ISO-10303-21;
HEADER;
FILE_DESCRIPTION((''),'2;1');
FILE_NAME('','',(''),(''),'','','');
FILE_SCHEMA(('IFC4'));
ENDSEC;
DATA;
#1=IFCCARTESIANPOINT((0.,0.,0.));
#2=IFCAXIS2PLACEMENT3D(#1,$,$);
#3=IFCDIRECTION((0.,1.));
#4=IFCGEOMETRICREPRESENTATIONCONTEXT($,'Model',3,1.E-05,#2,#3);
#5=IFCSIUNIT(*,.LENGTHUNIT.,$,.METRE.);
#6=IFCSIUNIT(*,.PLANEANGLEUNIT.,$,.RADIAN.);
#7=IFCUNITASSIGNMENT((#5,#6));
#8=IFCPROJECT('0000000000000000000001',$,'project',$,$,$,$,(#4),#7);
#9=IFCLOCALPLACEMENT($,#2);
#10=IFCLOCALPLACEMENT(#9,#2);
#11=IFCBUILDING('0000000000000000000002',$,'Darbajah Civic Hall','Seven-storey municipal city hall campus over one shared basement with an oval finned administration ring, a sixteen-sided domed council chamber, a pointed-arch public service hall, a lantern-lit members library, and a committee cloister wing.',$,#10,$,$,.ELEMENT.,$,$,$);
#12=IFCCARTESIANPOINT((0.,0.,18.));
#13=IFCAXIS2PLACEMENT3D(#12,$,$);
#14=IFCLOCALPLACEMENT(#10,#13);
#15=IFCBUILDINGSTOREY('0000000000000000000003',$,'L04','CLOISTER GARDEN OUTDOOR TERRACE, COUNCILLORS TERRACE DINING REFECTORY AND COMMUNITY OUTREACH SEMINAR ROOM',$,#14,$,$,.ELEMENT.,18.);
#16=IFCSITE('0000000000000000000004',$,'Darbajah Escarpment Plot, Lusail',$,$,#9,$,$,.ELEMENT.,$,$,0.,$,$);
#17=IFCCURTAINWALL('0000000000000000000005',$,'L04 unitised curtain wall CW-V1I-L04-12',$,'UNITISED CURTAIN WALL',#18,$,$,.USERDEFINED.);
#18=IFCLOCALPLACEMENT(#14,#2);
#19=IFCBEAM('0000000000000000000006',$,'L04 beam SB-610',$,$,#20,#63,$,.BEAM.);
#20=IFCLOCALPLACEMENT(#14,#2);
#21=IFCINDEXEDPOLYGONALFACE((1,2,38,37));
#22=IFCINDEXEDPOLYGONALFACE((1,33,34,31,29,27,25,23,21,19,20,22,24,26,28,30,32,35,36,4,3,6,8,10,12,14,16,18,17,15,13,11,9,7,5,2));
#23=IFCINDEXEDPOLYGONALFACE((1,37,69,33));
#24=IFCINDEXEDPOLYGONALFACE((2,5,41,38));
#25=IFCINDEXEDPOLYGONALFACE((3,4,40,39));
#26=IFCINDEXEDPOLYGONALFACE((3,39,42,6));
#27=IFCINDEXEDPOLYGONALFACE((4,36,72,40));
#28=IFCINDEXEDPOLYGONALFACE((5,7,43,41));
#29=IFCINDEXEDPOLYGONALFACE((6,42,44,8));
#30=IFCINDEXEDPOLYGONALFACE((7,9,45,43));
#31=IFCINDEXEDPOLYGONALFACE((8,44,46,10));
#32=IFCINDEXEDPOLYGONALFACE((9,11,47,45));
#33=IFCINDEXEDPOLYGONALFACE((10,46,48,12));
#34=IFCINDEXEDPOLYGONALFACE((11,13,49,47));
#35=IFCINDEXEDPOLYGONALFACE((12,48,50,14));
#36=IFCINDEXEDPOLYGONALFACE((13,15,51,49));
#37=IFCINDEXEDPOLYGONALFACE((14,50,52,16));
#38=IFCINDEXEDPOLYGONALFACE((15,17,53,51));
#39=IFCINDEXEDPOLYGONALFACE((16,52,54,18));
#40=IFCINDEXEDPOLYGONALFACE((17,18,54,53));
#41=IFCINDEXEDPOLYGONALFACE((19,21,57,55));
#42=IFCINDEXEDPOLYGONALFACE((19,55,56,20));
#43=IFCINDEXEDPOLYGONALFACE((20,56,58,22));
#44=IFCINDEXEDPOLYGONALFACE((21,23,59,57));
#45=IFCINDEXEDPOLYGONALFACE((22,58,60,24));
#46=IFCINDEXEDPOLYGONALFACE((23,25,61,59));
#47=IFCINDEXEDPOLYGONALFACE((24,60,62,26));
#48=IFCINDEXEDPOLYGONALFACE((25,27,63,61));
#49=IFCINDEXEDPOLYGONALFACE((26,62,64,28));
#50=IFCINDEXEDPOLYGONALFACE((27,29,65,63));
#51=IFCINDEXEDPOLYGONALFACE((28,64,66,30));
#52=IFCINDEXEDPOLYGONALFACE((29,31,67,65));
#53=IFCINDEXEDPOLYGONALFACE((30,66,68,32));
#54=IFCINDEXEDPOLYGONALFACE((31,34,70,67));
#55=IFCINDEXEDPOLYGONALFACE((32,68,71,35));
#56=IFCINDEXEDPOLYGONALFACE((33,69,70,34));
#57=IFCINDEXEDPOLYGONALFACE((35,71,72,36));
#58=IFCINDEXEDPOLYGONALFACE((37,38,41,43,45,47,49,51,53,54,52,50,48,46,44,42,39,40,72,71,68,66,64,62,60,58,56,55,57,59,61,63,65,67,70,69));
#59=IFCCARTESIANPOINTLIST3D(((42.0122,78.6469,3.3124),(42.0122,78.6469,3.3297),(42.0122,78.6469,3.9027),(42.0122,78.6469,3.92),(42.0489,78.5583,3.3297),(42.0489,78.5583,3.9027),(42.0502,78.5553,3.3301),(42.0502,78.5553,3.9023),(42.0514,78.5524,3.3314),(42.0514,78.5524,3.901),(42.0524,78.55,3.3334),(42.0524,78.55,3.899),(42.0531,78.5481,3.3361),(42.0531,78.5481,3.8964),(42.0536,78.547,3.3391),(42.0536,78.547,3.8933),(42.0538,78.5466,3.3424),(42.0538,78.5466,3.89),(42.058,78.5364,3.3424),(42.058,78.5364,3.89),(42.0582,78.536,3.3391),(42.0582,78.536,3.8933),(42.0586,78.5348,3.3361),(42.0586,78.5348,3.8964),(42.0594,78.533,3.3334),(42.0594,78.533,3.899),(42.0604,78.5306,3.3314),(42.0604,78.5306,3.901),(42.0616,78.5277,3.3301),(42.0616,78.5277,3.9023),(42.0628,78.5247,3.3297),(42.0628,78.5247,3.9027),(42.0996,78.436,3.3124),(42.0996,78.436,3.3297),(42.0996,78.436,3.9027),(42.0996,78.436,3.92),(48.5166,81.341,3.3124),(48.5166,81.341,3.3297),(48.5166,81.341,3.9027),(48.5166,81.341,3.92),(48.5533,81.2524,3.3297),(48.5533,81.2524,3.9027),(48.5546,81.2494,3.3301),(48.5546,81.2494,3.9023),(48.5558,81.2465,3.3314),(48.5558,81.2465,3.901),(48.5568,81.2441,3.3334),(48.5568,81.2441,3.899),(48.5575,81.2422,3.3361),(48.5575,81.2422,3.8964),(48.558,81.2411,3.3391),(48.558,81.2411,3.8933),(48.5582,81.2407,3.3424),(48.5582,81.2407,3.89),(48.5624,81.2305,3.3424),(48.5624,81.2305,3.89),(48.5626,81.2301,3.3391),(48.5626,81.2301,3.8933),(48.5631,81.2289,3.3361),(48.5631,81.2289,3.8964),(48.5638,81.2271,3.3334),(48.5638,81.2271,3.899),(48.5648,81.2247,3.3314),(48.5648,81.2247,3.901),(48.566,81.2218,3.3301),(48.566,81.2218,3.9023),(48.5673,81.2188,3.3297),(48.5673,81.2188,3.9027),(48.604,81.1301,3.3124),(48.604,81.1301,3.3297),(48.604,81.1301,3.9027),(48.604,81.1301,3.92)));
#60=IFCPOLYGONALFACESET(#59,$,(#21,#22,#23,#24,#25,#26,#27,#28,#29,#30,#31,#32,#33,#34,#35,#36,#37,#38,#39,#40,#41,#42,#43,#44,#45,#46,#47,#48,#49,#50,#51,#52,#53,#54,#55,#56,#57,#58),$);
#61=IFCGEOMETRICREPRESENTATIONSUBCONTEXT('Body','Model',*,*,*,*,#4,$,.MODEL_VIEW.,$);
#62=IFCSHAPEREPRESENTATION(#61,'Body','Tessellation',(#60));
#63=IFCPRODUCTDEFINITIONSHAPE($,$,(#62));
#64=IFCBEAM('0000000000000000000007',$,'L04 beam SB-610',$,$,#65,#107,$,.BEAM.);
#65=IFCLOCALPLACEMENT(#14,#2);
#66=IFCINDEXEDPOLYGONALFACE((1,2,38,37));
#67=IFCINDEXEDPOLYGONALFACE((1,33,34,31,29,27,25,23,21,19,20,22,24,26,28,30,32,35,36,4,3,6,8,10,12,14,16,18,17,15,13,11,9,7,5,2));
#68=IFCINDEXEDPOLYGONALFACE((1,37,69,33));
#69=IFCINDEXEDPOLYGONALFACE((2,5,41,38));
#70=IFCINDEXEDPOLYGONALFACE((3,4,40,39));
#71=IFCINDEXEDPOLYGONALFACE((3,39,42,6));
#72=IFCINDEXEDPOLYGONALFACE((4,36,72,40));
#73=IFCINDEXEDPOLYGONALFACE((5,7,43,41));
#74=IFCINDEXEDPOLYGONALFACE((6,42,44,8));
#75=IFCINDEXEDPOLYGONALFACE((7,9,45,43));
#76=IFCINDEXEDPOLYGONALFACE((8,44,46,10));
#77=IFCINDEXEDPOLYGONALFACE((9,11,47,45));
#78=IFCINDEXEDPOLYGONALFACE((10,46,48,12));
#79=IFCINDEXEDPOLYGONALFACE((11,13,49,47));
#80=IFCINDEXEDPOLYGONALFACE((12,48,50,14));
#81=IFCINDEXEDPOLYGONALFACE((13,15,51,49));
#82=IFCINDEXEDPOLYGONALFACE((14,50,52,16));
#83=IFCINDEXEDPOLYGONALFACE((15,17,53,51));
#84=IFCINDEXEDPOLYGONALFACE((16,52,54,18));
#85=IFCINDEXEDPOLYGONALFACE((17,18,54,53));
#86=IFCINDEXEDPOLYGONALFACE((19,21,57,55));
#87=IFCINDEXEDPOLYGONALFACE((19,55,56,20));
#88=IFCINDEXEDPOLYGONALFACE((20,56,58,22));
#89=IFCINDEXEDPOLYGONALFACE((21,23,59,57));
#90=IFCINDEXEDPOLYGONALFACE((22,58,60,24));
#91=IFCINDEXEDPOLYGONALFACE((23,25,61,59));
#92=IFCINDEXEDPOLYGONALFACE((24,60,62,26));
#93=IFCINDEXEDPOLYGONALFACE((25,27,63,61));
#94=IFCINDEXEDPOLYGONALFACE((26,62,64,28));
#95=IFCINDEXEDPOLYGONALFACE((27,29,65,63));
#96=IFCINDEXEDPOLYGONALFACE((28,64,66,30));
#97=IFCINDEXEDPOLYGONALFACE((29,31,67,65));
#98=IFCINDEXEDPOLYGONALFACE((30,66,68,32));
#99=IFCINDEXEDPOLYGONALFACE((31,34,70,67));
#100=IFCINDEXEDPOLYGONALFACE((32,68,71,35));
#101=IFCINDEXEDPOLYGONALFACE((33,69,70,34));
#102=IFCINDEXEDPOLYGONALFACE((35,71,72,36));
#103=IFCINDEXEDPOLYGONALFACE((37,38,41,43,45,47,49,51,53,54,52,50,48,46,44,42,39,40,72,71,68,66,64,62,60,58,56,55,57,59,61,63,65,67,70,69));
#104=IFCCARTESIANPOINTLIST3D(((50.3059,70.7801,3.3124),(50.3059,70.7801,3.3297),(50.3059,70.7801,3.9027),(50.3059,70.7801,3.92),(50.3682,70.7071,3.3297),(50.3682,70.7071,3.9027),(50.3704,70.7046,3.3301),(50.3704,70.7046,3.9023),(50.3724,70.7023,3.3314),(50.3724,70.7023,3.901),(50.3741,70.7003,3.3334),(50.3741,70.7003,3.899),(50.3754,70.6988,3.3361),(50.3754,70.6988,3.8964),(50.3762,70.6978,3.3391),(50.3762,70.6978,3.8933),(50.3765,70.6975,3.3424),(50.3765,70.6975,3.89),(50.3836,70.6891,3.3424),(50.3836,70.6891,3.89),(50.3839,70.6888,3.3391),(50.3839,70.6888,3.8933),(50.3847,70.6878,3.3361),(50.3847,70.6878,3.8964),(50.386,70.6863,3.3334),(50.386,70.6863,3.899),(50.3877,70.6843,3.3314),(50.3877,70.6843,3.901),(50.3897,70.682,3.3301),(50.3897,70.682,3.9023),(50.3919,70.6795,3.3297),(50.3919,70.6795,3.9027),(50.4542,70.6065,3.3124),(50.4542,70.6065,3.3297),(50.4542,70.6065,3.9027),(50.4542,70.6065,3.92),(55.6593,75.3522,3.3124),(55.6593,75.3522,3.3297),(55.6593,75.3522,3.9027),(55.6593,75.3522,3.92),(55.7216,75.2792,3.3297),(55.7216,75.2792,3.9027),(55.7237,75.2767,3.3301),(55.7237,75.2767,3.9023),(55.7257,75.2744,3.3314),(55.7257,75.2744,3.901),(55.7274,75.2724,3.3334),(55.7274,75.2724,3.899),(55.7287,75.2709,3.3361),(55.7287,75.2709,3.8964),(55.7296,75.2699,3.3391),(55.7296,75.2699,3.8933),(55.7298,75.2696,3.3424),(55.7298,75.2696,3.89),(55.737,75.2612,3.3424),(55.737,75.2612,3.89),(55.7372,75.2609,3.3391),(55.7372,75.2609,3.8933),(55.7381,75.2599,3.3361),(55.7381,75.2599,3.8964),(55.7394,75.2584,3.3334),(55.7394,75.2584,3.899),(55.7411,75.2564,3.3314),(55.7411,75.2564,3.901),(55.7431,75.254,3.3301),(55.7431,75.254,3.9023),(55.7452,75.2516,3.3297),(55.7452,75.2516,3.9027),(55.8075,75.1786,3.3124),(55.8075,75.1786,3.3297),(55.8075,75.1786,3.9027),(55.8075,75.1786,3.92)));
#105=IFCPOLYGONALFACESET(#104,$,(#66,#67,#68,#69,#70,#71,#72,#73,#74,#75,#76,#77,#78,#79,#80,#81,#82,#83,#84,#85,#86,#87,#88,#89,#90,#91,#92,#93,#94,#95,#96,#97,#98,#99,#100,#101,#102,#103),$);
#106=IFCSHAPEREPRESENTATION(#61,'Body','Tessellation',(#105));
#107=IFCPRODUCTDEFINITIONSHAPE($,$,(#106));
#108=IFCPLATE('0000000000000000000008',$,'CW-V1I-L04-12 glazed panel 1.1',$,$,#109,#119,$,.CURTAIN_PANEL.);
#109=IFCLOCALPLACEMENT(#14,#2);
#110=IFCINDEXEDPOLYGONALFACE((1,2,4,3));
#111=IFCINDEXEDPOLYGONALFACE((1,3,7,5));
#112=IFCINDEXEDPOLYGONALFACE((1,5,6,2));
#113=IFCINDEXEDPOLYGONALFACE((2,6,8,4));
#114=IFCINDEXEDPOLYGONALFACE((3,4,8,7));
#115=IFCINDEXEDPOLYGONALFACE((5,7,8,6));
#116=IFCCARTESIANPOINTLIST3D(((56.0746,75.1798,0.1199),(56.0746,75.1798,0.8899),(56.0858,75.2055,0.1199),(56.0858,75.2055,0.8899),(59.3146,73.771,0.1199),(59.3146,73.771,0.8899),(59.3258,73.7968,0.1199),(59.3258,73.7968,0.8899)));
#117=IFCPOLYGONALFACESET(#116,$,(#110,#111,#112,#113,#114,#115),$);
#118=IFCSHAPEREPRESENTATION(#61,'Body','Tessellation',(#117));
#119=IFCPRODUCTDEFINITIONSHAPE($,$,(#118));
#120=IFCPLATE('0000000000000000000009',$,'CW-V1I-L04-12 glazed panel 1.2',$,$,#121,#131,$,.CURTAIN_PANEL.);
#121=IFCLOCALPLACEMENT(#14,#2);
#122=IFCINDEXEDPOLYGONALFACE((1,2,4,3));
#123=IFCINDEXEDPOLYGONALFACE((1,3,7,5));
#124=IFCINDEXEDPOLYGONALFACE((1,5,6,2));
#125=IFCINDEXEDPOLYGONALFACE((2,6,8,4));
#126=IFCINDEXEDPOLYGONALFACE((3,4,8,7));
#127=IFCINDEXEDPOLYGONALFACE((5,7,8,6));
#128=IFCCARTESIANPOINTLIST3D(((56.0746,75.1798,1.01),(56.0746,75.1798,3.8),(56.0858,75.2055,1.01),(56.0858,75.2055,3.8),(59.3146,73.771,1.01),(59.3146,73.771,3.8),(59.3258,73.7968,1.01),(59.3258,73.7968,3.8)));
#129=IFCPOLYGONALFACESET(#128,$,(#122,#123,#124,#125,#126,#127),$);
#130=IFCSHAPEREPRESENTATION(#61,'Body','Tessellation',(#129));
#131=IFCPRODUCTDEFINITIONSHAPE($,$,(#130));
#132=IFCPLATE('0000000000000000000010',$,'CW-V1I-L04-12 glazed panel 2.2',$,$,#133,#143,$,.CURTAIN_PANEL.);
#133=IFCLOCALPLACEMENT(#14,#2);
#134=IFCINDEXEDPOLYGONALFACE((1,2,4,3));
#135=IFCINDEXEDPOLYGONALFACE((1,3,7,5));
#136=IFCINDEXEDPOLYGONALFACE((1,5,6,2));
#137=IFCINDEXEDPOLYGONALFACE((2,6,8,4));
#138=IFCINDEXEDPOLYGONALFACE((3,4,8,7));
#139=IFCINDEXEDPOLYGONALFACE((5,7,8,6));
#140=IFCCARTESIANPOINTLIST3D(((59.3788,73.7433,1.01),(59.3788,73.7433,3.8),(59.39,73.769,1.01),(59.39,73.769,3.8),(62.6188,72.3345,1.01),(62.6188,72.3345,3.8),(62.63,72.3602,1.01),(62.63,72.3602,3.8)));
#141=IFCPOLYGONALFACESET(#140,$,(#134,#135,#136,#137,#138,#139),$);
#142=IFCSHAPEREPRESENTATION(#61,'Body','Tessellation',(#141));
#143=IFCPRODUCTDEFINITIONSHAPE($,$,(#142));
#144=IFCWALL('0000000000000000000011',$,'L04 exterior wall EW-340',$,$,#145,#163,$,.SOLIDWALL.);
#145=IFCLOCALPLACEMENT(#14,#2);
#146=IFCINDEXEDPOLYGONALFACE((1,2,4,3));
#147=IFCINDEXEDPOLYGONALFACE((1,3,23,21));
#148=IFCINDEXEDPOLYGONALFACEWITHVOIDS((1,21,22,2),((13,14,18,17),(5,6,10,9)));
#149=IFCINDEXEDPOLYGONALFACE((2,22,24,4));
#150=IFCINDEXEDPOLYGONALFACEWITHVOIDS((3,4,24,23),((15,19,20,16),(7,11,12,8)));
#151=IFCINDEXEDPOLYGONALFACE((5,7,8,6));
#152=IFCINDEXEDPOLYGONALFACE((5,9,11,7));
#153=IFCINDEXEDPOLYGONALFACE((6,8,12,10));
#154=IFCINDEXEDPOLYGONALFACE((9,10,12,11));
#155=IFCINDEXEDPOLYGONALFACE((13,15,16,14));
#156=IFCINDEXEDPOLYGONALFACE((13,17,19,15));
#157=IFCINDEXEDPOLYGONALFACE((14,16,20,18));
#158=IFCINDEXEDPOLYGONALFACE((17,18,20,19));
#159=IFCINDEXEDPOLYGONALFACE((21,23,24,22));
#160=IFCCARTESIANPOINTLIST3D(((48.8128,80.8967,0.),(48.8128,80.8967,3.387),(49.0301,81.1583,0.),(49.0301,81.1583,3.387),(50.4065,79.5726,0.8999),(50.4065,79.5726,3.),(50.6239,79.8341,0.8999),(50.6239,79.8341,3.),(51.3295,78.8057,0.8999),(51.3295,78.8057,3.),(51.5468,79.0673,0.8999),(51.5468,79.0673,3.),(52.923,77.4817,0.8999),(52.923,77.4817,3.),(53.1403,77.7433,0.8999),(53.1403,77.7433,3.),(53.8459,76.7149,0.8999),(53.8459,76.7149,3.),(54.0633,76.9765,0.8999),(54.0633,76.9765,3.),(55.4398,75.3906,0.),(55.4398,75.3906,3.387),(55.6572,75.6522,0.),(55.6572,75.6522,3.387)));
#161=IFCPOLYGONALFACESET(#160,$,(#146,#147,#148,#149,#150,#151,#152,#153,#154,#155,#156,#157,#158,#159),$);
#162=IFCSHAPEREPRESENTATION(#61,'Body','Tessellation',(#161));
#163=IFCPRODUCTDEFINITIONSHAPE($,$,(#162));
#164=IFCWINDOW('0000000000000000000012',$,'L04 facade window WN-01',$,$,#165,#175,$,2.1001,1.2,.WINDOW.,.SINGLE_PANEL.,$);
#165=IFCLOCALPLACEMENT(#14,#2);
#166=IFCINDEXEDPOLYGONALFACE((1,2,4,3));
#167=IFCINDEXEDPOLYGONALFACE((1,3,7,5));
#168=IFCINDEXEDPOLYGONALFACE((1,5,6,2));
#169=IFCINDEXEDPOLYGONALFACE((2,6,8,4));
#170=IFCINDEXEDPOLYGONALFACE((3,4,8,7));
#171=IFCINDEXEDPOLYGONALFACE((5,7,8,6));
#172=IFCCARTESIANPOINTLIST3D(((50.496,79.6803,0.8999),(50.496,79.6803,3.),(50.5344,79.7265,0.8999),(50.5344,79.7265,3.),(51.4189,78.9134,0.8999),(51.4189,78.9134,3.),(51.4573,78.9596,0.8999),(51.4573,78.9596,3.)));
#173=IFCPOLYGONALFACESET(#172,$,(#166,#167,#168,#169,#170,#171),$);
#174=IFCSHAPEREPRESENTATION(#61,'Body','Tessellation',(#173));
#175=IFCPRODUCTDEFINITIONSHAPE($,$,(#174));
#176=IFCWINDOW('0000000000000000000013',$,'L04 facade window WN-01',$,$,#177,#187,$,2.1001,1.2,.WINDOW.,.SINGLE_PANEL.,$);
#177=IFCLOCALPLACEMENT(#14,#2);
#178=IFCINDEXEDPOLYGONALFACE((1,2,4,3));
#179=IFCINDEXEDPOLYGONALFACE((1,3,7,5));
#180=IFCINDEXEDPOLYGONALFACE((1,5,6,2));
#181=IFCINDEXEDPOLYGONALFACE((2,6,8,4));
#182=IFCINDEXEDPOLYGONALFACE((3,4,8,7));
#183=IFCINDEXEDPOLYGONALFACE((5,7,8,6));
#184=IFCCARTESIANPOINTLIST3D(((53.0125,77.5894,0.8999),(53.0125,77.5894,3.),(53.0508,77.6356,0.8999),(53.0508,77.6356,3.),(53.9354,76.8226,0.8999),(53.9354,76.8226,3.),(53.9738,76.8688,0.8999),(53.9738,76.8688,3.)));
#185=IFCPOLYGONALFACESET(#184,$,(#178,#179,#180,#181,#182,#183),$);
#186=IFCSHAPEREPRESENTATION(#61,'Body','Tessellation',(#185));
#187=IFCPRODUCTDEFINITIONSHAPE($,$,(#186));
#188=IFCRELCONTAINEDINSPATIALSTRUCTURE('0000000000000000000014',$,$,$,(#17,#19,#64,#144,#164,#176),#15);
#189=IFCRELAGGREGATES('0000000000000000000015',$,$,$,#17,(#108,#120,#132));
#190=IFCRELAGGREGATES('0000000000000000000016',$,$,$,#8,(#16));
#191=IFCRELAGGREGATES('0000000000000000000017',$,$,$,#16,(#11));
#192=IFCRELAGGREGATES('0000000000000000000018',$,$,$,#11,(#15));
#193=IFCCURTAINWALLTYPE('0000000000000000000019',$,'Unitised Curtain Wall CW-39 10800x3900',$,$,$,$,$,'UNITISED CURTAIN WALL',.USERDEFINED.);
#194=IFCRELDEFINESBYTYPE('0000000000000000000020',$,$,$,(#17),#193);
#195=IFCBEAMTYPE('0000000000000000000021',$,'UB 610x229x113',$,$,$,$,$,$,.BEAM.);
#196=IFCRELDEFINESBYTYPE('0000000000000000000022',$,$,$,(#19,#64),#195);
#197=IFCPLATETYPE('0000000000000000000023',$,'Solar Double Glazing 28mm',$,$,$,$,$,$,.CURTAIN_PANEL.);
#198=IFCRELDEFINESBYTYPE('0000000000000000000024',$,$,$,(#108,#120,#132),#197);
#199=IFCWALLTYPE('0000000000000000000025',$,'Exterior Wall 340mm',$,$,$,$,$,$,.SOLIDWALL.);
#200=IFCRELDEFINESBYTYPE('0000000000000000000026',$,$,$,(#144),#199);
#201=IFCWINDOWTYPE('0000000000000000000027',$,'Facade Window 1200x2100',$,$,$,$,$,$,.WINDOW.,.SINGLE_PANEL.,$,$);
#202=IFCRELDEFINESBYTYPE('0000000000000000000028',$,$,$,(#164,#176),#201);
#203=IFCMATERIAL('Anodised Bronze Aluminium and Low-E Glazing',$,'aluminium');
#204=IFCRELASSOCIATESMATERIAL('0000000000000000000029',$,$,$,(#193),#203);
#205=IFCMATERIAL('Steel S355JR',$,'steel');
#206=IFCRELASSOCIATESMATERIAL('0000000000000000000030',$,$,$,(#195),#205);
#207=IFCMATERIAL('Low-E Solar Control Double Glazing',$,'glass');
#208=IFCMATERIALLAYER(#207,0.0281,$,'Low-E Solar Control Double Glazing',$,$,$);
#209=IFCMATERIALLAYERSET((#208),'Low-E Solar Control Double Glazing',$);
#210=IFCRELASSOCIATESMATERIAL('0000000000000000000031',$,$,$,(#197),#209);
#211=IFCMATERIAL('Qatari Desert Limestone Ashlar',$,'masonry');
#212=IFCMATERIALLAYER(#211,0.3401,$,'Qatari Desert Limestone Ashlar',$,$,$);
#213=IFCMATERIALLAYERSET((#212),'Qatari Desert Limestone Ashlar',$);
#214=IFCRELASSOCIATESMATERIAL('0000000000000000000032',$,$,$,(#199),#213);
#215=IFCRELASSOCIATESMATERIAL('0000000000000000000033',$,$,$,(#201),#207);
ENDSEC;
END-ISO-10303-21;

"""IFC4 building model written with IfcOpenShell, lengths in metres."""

from ifc_helpers import new_model, si_unit, direction, frame, frame_2d, origin, origin_2d, place, context, subcontext, project, spatial, rectangle, i_section, extrude, material, layer, layer_set, material_profile, profile_set, type_object, element, fill, aggregate, save


model = new_model("IFC4")

# Units and contexts
model_context = context("Model", 3, precision=1e-05, world=origin(), true_north=direction((0.0, 1.0)))
body_context = subcontext(model_context, "Body", "Model", "MODEL_VIEW")
ifc_project = project(units=[si_unit("LENGTHUNIT", "METRE"), si_unit("PLANEANGLEUNIT", "RADIAN")], contexts=[model_context])

# Site, building, storey
site_placement = place(None, origin())
site = spatial("IfcSite", under=ifc_project, at=site_placement, Name="Darbajah Escarpment Plot, Lusail", CompositionType="ELEMENT", RefElevation=0.0)
building_placement = place(site_placement, origin())
building = spatial("IfcBuilding", under=site, at=building_placement, Name="Darbajah Civic Hall", Description="Seven-storey municipal city hall campus over one shared basement with an oval finned administration ring, a sixteen-sided domed council chamber, a pointed-arch public service hall, a lantern-lit members library, and a committee cloister wing.", CompositionType="ELEMENT")
storey_placement = place(building_placement, frame((0.0, 0.0, 18.0)))
storey = spatial("IfcBuildingStorey", under=building, at=storey_placement, Name="L04", Description="CLOISTER GARDEN OUTDOOR TERRACE, COUNCILLORS TERRACE DINING REFECTORY AND COMMUNITY OUTREACH SEMINAR ROOM", CompositionType="ELEMENT", Elevation=18.0)

# Curtain wall
ifc_material_1 = material(Name="Anodised Bronze Aluminium and Low-E Glazing", Category="aluminium")
curtain_wall_type = type_object("IfcCurtainWallType", Name="Unitised Curtain Wall CW-39 10800x3900", ElementType="UNITISED CURTAIN WALL", PredefinedType="USERDEFINED", material=ifc_material_1)
curtain_wall_placement = place(storey_placement, origin())
curtain_wall = element("IfcCurtainWall", 1, at=curtain_wall_placement, inside=storey, type_object=curtain_wall_type, Name="L04 unitised curtain wall CW-V1I-L04-12", ObjectType="UNITISED CURTAIN WALL", PredefinedType="USERDEFINED")

# Beams
ifc_material_2 = material(Name="Steel S355JR", Category="steel")
ifc_material_profile_1 = material_profile(ifc_material_2, i_section(OverallWidth=0.2283, OverallDepth=0.6077, WebThickness=0.011, FlangeThickness=0.0173, FilletRadius=0.0127, at=origin_2d()), Name="UB 610x229x113")
ifc_profile_set_1 = profile_set([ifc_material_profile_1], Name="Steel S355JR")
beam_type_1 = type_object("IfcBeamType", Name="UB 610x229x113", PredefinedType="BEAM", material=ifc_profile_set_1)
beam_1_placement = place(storey_placement, frame((48.5603, 81.2356, 3.6162), z_axis=(-0.923885, -0.382669, 0.0), x_axis=(0.382669, -0.923885, 0.0)))
element("IfcBeam", 2, at=beam_1_placement, inside=storey, type_object=beam_type_1, Name="L04 beam SB-610", PredefinedType="BEAM", context=body_context, shape_type="SweptSolid", body=[
    extrude(i_section(OverallWidth=0.2283, OverallDepth=0.6077, WebThickness=0.011, FlangeThickness=0.0173, FilletRadius=0.0127, at=origin_2d()), origin(), (0.0, 0.0, 1.0), 7.0403),
])
beam_2_placement = place(storey_placement, frame((55.7334, 75.2654, 3.6162), z_axis=(-0.760413, -0.649439, 0.0), x_axis=(0.649439, -0.760413, 0.0)))
element("IfcBeam", 3, at=beam_2_placement, inside=storey, type_object=beam_type_1, Name="L04 beam SB-610", PredefinedType="BEAM", context=body_context, shape_type="SweptSolid", body=[
    extrude(i_section(OverallWidth=0.2283, OverallDepth=0.6077, WebThickness=0.011, FlangeThickness=0.0173, FilletRadius=0.0127, at=origin_2d()), origin(), (0.0, 0.0, 1.0), 7.04),
])

# Plates
ifc_material_3 = material(Name="Low-E Solar Control Double Glazing", Category="glass")
ifc_layer_1 = layer(ifc_material_3, 0.0281, Name="Low-E Solar Control Double Glazing")
ifc_layer_set_1 = layer_set([ifc_layer_1], Name="Low-E Solar Control Double Glazing")
plate_type = type_object("IfcPlateType", Name="Solar Double Glazing 28mm", PredefinedType="CURTAIN_PANEL", material=ifc_layer_set_1)
plate_1_placement = place(storey_placement, frame((57.7002, 74.4883, 0.1199), z_axis=(0.0, 0.0, 1.0), x_axis=(0.91706, -0.398749, 0.0)))
plate_1 = element("IfcPlate", 4, at=plate_1_placement, type_object=plate_type, Name="CW-V1I-L04-12 glazed panel 1.1", PredefinedType="CURTAIN_PANEL", context=body_context, shape_type="SweptSolid", body=[
    extrude(rectangle(XDim=3.533, YDim=0.0281, at=origin_2d()), origin(), (0.0, 0.0, 1.0), 0.77),
])
plate_2_placement = place(storey_placement, frame((57.7002, 74.4883, 1.01), z_axis=(0.0, 0.0, 1.0), x_axis=(0.91706, -0.398749, 0.0)))
plate_2 = element("IfcPlate", 5, at=plate_2_placement, type_object=plate_type, Name="CW-V1I-L04-12 glazed panel 1.2", PredefinedType="CURTAIN_PANEL", context=body_context, shape_type="SweptSolid", body=[
    extrude(rectangle(XDim=3.533, YDim=0.0281, at=origin_2d()), origin(), (0.0, 0.0, 1.0), 2.79),
])
plate_3_placement = place(storey_placement, frame((61.0044, 73.0518, 1.01), z_axis=(0.0, 0.0, 1.0), x_axis=(0.91706, -0.398749, 0.0)))
plate_3 = element("IfcPlate", 6, at=plate_3_placement, type_object=plate_type, Name="CW-V1I-L04-12 glazed panel 2.2", PredefinedType="CURTAIN_PANEL", context=body_context, shape_type="SweptSolid", body=[
    extrude(rectangle(XDim=3.533, YDim=0.0281, at=origin_2d()), origin(), (0.0, 0.0, 1.0), 2.79),
])
aggregate(curtain_wall, [plate_1, plate_2, plate_3])

# Wall, openings, windows
ifc_material_4 = material(Name="Qatari Desert Limestone Ashlar", Category="masonry")
ifc_layer_2 = layer(ifc_material_4, 0.3401, Name="Qatari Desert Limestone Ashlar")
ifc_layer_set_2 = layer_set([ifc_layer_2], Name="Qatari Desert Limestone Ashlar")
wall_type_1 = type_object("IfcWallType", Name="Exterior Wall 340mm", PredefinedType="SOLIDWALL", material=ifc_layer_set_2)
wall_1_placement = place(storey_placement, frame((48.9214, 81.0276, 0.0), z_axis=(0.0, 0.0, 1.0), x_axis=(0.769154, -0.639063, 0.0)))
wall_1 = element("IfcWall", 7, at=wall_1_placement, inside=storey, type_object=wall_type_1, Name="L04 exterior wall EW-340", PredefinedType="SOLIDWALL", context=body_context, shape_type="SweptSolid", body=[
    extrude(rectangle(XDim=8.616, YDim=0.3401, at=frame_2d((4.3081, 0.0))), origin(), (0.0, 0.0, 1.0), 3.387),
])
opening_1_placement = place(wall_1_placement, frame((2.072, 0.0, 0.8999)))
opening_1 = element("IfcOpeningElement", 8, at=opening_1_placement, cuts=wall_1, PredefinedType="OPENING", context=body_context, shape_type="SweptSolid", body=[
    extrude(rectangle(XDim=1.2, YDim=2.1001, at=frame_2d((0.6001, 1.05))), frame((0.0, 0.1799, 0.0), z_axis=(0.0, -1.0, 0.0), x_axis=(1.0, 0.0, 0.0)), (0.0, 0.0, 1.0), 0.3601),
])
opening_2_placement = place(wall_1_placement, frame((5.3438, 0.0, 0.8999)))
opening_2 = element("IfcOpeningElement", 9, at=opening_2_placement, cuts=wall_1, PredefinedType="OPENING", context=body_context, shape_type="SweptSolid", body=[
    extrude(rectangle(XDim=1.2, YDim=2.1001, at=frame_2d((0.6001, 1.05))), frame((0.0, 0.1799, 0.0), z_axis=(0.0, -1.0, 0.0), x_axis=(1.0, 0.0, 0.0)), (0.0, 0.0, 1.0), 0.3601),
])
window_type = type_object("IfcWindowType", Name="Facade Window 1200x2100", PartitioningType="SINGLE_PANEL", PredefinedType="WINDOW", material=ifc_material_3)
window_1_placement = place(opening_1_placement, origin())
window_1 = element("IfcWindow", 10, at=window_1_placement, inside=storey, type_object=window_type, Name="L04 facade window WN-01", OverallHeight=2.1001, OverallWidth=1.2, PartitioningType="SINGLE_PANEL", PredefinedType="WINDOW", context=body_context, shape_type="SweptSolid", body=[
    extrude(rectangle(XDim=1.2, YDim=2.1001, at=frame_2d((0.6001, 1.05))), frame((0.0, 0.03, 0.0), z_axis=(0.0, -1.0, 0.0), x_axis=(1.0, 0.0, 0.0)), (0.0, 0.0, 1.0), 0.0601),
])
fill(opening_1, window_1)
window_2_placement = place(opening_2_placement, origin())
window_2 = element("IfcWindow", 11, at=window_2_placement, inside=storey, type_object=window_type, Name="L04 facade window WN-01", OverallHeight=2.1001, OverallWidth=1.2, PartitioningType="SINGLE_PANEL", PredefinedType="WINDOW", context=body_context, shape_type="SweptSolid", body=[
    extrude(rectangle(XDim=1.2, YDim=2.1001, at=frame_2d((0.6001, 1.05))), frame((0.0, 0.03, 0.0), z_axis=(0.0, -1.0, 0.0), x_axis=(1.0, 0.0, 0.0)), (0.0, 0.0, 1.0), 0.0601),
])
fill(opening_2, window_2)

save(model, "model.ifc")
